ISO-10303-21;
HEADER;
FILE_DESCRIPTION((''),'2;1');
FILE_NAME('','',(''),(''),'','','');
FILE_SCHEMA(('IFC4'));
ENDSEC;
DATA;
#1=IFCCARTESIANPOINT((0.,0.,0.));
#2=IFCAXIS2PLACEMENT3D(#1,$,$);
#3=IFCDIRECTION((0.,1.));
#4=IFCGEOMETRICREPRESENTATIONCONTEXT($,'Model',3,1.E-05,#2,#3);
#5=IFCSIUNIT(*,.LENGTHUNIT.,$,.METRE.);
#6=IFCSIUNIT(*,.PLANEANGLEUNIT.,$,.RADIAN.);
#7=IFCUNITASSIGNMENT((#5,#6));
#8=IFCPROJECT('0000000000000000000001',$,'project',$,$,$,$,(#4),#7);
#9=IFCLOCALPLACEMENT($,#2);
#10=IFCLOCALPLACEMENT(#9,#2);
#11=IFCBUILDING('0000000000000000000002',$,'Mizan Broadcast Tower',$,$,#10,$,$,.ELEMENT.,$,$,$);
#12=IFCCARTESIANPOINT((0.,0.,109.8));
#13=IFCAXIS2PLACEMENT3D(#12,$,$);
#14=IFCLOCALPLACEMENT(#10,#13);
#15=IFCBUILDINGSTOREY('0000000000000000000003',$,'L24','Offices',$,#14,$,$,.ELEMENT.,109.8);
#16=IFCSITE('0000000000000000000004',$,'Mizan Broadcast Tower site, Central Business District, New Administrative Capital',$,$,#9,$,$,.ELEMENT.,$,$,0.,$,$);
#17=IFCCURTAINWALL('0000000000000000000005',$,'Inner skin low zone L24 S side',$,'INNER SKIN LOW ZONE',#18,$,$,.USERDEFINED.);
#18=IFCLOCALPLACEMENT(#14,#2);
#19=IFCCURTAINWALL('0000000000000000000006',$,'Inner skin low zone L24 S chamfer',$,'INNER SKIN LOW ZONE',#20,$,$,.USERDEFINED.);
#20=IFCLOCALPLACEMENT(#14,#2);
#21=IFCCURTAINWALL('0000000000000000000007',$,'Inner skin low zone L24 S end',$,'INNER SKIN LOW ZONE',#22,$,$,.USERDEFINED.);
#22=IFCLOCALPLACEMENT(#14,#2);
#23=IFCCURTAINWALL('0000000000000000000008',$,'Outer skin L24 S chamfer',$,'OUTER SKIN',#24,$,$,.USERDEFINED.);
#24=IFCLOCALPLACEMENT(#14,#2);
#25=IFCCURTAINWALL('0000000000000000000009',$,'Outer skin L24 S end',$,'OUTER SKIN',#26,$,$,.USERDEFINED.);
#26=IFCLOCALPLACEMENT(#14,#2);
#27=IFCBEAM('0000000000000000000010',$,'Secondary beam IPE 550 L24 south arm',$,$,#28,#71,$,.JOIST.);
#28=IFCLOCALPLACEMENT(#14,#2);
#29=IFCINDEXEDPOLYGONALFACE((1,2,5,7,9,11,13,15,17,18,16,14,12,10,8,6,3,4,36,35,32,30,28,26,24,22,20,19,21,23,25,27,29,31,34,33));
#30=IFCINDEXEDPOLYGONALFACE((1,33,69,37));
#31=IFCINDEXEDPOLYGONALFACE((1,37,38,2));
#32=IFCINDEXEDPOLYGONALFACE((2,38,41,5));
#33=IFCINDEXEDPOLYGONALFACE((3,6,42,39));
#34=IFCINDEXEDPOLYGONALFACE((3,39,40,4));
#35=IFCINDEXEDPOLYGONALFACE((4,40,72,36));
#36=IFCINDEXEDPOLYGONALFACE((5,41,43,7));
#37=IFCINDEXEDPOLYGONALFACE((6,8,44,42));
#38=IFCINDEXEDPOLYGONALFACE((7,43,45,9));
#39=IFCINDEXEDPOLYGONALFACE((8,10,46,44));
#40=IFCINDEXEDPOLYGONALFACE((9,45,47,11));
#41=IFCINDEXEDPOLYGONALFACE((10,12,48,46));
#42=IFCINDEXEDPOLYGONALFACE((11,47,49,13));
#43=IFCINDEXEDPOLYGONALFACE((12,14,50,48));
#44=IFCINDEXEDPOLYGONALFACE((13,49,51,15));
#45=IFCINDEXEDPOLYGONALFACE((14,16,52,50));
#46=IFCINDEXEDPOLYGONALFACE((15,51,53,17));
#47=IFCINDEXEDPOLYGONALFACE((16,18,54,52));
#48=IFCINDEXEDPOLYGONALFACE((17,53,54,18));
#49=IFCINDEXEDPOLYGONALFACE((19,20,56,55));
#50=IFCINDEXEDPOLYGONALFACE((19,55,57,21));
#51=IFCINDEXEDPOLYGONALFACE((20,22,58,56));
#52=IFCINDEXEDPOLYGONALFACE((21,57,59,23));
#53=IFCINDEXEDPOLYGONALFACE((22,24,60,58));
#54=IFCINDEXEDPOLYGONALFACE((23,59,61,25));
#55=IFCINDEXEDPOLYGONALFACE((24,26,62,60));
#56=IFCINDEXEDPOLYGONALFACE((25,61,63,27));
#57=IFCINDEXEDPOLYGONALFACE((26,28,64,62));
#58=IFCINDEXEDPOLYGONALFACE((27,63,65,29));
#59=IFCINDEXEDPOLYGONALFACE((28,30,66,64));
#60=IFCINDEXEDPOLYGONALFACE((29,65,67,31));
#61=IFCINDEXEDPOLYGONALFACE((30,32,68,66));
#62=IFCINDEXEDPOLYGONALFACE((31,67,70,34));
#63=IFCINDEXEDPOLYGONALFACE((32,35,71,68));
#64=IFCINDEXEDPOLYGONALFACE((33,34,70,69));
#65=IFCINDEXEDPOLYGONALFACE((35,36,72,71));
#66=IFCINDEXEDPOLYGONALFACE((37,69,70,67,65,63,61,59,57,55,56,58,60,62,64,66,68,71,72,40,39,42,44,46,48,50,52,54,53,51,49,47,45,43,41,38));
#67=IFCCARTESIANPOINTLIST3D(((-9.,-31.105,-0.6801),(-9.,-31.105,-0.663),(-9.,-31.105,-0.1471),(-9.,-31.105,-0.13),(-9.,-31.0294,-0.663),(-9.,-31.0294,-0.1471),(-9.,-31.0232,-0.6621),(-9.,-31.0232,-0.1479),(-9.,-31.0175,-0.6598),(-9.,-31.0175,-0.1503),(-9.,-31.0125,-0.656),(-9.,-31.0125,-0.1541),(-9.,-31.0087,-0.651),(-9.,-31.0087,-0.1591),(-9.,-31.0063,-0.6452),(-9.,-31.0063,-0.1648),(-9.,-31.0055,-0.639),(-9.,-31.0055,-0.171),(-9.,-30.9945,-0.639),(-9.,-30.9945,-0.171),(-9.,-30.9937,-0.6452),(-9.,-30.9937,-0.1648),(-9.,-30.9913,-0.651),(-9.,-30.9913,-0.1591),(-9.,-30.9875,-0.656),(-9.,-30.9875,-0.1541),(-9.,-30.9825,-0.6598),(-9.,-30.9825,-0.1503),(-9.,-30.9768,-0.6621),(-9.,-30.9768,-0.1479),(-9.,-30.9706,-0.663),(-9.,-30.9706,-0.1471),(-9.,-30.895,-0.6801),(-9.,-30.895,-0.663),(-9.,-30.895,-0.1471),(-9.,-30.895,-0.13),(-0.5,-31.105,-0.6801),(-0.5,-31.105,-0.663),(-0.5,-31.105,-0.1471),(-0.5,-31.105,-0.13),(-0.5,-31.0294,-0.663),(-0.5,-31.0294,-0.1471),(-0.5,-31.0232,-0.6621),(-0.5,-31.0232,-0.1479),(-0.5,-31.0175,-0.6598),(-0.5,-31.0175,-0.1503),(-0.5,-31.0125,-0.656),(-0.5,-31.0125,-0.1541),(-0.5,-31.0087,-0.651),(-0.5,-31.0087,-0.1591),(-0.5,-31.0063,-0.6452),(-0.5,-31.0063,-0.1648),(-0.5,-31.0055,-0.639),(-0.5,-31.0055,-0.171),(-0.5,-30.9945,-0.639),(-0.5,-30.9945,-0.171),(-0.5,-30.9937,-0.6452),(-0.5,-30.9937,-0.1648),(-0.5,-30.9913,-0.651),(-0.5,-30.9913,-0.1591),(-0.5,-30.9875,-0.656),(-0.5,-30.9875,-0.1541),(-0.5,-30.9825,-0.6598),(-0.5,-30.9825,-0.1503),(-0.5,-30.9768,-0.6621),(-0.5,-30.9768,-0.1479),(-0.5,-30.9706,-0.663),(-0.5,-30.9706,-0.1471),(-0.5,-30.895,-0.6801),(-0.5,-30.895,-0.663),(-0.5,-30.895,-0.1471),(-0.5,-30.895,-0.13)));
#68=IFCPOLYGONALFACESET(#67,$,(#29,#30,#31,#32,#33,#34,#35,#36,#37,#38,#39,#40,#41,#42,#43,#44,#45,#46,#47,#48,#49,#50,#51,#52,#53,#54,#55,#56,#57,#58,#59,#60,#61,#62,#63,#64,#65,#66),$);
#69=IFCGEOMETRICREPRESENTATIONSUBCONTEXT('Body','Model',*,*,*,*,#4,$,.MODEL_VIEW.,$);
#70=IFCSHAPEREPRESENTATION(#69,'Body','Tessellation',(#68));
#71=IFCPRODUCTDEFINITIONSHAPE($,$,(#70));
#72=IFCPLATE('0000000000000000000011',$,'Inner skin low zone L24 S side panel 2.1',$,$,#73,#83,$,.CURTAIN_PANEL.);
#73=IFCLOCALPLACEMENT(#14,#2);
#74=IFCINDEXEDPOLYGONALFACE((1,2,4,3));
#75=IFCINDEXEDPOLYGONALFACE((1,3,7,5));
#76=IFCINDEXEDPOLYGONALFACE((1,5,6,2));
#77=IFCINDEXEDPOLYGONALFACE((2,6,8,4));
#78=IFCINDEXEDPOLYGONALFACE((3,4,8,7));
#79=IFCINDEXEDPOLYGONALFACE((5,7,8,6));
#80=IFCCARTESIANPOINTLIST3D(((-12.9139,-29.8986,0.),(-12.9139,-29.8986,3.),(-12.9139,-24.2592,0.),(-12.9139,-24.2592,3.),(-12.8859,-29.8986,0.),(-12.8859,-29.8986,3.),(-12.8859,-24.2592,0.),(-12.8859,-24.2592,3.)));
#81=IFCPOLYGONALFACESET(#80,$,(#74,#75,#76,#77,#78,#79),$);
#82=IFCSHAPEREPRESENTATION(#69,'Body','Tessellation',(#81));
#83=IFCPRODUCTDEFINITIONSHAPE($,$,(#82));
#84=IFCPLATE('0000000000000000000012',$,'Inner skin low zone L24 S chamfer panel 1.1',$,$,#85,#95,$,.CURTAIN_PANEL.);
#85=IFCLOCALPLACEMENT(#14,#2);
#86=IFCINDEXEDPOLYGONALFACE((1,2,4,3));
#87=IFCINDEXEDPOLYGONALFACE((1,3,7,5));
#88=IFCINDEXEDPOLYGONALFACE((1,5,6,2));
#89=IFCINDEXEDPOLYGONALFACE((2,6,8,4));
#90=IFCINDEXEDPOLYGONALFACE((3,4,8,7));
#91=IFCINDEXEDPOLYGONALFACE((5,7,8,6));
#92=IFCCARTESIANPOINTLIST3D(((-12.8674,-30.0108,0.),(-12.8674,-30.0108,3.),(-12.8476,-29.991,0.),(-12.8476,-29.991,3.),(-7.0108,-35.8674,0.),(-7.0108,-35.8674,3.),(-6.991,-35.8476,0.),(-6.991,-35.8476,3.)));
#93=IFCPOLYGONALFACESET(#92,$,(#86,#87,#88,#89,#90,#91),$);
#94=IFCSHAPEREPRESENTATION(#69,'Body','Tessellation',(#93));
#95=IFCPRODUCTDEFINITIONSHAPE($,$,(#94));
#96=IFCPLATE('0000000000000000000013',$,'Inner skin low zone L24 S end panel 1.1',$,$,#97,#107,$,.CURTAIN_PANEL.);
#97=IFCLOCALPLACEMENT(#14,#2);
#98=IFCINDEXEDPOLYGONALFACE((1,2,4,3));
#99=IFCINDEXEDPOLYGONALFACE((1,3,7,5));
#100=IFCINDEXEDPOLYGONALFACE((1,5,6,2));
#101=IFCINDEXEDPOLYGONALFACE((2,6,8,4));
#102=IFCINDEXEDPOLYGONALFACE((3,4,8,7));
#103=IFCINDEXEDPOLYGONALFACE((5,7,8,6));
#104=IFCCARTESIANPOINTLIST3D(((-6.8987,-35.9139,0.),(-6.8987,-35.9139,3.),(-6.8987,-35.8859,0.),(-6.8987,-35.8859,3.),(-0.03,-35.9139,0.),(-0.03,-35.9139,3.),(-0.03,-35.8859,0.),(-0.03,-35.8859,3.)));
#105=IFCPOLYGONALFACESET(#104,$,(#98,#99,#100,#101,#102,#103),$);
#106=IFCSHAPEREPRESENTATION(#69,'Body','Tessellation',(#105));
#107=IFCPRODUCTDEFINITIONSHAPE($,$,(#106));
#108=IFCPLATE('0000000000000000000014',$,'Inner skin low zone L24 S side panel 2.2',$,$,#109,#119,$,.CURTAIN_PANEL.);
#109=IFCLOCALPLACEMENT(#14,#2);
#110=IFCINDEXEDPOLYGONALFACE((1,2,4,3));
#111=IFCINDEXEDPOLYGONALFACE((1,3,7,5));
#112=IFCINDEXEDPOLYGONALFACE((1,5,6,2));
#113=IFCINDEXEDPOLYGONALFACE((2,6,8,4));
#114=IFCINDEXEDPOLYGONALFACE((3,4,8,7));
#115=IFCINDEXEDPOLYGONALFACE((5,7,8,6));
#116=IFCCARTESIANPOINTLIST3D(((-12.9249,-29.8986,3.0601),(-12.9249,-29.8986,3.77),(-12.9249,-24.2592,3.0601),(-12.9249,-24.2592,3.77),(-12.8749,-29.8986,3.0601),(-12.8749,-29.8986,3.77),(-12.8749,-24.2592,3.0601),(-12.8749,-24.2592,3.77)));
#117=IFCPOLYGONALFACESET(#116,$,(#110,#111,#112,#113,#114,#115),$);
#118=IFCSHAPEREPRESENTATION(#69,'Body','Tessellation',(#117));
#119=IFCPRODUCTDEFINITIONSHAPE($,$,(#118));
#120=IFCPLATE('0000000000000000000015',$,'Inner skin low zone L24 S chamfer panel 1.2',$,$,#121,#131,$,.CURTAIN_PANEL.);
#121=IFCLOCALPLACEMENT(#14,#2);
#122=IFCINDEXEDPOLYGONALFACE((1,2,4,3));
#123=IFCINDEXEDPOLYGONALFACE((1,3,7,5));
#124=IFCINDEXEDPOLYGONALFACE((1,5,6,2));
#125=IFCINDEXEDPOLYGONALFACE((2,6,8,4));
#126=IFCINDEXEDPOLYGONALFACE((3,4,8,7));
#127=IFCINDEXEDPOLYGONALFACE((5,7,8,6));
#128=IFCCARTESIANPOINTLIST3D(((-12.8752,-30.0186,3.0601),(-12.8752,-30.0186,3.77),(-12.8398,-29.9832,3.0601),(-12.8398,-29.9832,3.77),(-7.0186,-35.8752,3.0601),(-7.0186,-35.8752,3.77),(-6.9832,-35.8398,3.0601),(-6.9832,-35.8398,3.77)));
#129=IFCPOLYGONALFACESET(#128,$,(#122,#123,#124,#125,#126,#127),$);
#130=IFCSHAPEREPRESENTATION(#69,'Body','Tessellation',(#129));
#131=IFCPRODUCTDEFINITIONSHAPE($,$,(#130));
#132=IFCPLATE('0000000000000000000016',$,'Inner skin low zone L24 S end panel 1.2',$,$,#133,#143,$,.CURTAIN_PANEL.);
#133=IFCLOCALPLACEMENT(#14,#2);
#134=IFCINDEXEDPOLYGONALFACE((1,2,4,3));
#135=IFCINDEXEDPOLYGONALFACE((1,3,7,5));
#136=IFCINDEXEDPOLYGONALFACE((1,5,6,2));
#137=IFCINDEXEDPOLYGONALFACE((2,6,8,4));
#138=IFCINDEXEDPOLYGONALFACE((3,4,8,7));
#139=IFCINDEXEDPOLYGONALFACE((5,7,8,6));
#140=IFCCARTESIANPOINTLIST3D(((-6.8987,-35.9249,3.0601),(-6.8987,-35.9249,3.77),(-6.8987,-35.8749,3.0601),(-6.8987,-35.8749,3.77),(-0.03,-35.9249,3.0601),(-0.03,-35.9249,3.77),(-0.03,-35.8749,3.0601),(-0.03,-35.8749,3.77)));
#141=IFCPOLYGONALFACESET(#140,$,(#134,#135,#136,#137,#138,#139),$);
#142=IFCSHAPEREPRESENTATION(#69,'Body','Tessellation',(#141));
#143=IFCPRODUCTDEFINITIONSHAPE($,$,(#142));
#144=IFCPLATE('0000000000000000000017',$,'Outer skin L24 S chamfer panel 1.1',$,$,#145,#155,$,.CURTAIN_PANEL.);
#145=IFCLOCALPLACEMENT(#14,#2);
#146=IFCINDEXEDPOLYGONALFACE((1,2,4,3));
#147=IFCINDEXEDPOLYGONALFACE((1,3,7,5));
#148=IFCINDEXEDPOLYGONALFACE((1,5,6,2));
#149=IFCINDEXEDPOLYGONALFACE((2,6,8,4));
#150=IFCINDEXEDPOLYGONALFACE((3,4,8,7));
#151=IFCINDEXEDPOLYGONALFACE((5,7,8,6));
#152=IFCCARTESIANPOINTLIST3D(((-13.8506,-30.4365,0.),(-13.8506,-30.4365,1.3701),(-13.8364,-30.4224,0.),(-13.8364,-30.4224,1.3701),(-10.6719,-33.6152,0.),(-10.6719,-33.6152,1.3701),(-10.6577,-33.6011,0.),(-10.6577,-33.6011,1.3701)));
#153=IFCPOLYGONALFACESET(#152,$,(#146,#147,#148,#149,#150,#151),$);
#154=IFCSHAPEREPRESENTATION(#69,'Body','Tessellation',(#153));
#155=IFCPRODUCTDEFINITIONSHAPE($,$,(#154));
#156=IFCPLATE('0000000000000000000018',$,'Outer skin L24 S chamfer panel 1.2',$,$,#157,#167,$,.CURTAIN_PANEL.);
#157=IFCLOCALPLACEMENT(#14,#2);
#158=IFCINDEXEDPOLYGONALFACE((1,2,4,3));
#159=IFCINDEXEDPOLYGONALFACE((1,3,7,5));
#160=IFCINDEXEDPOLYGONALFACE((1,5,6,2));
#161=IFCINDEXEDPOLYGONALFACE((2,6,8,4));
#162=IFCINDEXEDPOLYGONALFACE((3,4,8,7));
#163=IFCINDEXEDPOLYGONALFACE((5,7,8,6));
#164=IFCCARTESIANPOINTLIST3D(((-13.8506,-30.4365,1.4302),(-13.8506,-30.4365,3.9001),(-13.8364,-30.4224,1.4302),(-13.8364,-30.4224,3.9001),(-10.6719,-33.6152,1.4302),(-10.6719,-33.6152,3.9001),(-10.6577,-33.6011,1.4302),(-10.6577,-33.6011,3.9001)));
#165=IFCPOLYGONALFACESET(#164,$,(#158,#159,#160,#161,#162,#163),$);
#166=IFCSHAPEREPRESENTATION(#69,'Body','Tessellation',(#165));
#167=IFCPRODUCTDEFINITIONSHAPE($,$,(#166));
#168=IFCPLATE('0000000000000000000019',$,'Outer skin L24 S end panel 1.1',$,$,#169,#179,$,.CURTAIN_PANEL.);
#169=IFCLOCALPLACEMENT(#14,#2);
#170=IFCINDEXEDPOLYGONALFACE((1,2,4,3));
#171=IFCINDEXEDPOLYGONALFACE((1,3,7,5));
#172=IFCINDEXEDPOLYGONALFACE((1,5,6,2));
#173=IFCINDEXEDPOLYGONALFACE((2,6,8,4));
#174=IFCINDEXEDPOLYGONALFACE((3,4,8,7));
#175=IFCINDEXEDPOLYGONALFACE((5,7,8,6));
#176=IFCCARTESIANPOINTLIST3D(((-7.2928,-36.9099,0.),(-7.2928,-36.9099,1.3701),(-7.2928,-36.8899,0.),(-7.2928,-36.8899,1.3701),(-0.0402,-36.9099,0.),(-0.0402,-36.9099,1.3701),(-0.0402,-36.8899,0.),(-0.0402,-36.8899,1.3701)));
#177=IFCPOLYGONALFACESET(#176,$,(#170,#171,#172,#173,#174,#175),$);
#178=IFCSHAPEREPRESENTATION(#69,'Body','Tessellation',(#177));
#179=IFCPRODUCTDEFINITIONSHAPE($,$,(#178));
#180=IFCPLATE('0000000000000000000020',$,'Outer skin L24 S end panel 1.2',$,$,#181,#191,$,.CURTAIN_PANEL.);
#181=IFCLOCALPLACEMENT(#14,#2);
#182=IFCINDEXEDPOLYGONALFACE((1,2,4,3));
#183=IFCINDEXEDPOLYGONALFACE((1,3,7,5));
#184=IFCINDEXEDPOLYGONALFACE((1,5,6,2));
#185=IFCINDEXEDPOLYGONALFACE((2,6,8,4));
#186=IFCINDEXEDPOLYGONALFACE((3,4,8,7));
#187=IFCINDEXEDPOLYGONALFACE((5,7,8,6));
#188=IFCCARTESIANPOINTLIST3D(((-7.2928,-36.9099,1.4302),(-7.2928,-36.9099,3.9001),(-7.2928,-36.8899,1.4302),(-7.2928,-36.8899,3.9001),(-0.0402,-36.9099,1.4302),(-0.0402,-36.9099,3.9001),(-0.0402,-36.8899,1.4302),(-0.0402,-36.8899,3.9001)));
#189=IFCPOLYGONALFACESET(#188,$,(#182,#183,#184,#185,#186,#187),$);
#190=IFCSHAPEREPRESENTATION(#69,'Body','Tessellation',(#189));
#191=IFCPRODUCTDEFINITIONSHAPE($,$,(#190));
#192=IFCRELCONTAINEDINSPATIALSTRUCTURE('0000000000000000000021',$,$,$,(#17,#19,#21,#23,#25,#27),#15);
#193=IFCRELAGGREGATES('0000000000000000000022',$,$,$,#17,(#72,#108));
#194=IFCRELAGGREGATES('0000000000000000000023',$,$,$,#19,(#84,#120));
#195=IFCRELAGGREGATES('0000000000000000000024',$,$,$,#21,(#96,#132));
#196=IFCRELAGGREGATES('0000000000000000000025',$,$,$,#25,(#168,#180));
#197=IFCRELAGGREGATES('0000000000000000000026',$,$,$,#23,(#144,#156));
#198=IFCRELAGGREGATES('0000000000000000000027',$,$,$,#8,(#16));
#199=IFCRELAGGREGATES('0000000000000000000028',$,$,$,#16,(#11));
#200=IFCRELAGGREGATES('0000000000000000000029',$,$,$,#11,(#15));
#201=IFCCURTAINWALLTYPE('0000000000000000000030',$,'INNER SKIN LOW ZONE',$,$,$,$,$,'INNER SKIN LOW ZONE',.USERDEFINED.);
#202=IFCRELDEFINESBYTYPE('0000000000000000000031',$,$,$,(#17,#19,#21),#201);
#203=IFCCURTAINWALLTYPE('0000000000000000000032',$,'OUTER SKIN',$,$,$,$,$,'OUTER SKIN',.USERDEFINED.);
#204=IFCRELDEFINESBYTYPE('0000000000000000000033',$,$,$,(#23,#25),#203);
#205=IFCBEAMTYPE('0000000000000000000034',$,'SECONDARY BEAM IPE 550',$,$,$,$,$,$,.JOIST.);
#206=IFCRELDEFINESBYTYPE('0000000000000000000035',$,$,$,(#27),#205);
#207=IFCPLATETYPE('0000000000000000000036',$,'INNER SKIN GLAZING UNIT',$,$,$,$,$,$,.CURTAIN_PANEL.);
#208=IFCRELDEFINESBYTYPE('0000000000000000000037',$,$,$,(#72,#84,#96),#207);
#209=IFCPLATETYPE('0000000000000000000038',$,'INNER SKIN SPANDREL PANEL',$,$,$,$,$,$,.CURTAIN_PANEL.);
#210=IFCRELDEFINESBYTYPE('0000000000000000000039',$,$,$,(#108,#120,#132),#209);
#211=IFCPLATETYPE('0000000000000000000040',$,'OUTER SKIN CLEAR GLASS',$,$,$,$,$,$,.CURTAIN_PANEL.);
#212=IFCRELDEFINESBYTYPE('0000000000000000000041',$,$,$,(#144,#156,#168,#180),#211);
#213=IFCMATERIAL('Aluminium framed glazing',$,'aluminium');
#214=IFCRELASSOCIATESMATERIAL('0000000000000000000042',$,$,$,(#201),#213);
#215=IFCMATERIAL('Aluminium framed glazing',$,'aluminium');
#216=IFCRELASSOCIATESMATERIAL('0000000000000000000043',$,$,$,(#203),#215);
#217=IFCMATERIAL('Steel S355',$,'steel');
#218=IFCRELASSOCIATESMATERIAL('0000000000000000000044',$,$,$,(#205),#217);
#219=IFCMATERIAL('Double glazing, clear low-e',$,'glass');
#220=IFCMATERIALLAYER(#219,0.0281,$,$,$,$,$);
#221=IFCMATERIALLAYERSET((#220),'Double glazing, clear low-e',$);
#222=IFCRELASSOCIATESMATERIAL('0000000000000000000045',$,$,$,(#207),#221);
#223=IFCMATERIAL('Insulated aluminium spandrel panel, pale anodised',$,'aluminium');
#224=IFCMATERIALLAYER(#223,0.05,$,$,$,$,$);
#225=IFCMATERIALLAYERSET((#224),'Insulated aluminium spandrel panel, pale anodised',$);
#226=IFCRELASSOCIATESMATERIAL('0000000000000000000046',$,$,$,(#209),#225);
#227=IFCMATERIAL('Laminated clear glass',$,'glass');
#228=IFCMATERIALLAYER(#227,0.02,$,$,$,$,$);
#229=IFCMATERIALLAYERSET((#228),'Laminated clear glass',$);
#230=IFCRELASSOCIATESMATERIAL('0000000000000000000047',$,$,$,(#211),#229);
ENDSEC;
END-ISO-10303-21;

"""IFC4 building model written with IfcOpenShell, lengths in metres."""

from ifc_helpers import new_model, si_unit, direction, frame, origin, origin_2d, place, context, subcontext, project, spatial, rectangle, i_section, extrude, material, layer, layer_set, material_profile, profile_set, type_object, element, aggregate, save


model = new_model("IFC4")

# Units and contexts
model_context = context("Model", 3, precision=1e-05, world=origin(), true_north=direction((0.0, 1.0)))
body_context = subcontext(model_context, "Body", "Model", "MODEL_VIEW")
ifc_project = project(units=[si_unit("LENGTHUNIT", "METRE"), si_unit("PLANEANGLEUNIT", "RADIAN")], contexts=[model_context])

# Site, building, storey
site_placement = place(None, origin())
site = spatial("IfcSite", under=ifc_project, at=site_placement, Name="Mizan Broadcast Tower site, Central Business District, New Administrative Capital", CompositionType="ELEMENT", RefElevation=0.0)
building_placement = place(site_placement, origin())
building = spatial("IfcBuilding", under=site, at=building_placement, Name="Mizan Broadcast Tower", CompositionType="ELEMENT")
storey_placement = place(building_placement, frame((0.0, 0.0, 109.8)))
storey = spatial("IfcBuildingStorey", under=building, at=storey_placement, Name="L24", Description="Offices", CompositionType="ELEMENT", Elevation=109.8)

# Curtain wall
ifc_material_1 = material(Name="Aluminium framed glazing", Category="aluminium")
curtain_wall_type_1 = type_object("IfcCurtainWallType", Name="INNER SKIN LOW ZONE", ElementType="INNER SKIN LOW ZONE", PredefinedType="USERDEFINED", material=ifc_material_1)
curtain_wall_1_placement = place(storey_placement, origin())
curtain_wall_1 = element("IfcCurtainWall", 1, at=curtain_wall_1_placement, inside=storey, type_object=curtain_wall_type_1, Name="Inner skin low zone L24 S side", ObjectType="INNER SKIN LOW ZONE", PredefinedType="USERDEFINED")

# Curtain wall
curtain_wall_2_placement = place(storey_placement, origin())
curtain_wall_2 = element("IfcCurtainWall", 2, at=curtain_wall_2_placement, inside=storey, type_object=curtain_wall_type_1, Name="Inner skin low zone L24 S chamfer", ObjectType="INNER SKIN LOW ZONE", PredefinedType="USERDEFINED")

# Curtain wall
curtain_wall_3_placement = place(storey_placement, origin())
curtain_wall_3 = element("IfcCurtainWall", 3, at=curtain_wall_3_placement, inside=storey, type_object=curtain_wall_type_1, Name="Inner skin low zone L24 S end", ObjectType="INNER SKIN LOW ZONE", PredefinedType="USERDEFINED")

# Curtain wall
ifc_material_2 = material(Name="Aluminium framed glazing", Category="aluminium")
curtain_wall_type_2 = type_object("IfcCurtainWallType", Name="OUTER SKIN", ElementType="OUTER SKIN", PredefinedType="USERDEFINED", material=ifc_material_2)
curtain_wall_4_placement = place(storey_placement, origin())
curtain_wall_4 = element("IfcCurtainWall", 4, at=curtain_wall_4_placement, inside=storey, type_object=curtain_wall_type_2, Name="Outer skin L24 S chamfer", ObjectType="OUTER SKIN", PredefinedType="USERDEFINED")

# Curtain wall
curtain_wall_5_placement = place(storey_placement, origin())
curtain_wall_5 = element("IfcCurtainWall", 5, at=curtain_wall_5_placement, inside=storey, type_object=curtain_wall_type_2, Name="Outer skin L24 S end", ObjectType="OUTER SKIN", PredefinedType="USERDEFINED")

# Beam
ifc_material_3 = material(Name="Steel S355", Category="steel")
ifc_material_profile_1 = material_profile(ifc_material_3, i_section(OverallWidth=0.21, OverallDepth=0.55, WebThickness=0.011, FlangeThickness=0.0171, FilletRadius=0.0239, at=origin_2d()), Name="IPE 550")
ifc_profile_set_1 = profile_set([ifc_material_profile_1], Name="Steel S355")
beam_type_1 = type_object("IfcBeamType", Name="SECONDARY BEAM IPE 550", PredefinedType="JOIST", material=ifc_profile_set_1)
beam_1_placement = place(storey_placement, frame((-9.0, -31.0, -0.405), z_axis=(1.0, 0.0, 0.0), x_axis=(0.0, 1.0, 0.0)))
element("IfcBeam", 6, at=beam_1_placement, inside=storey, type_object=beam_type_1, Name="Secondary beam IPE 550 L24 south arm", PredefinedType="JOIST", context=body_context, shape_type="SweptSolid", body=[
    extrude(i_section(OverallWidth=0.21, OverallDepth=0.55, WebThickness=0.011, FlangeThickness=0.0171, FilletRadius=0.0239, at=origin_2d()), origin(), (0.0, 0.0, 1.0), 8.5),
])

# Plates
ifc_material_4 = material(Name="Double glazing, clear low-e", Category="glass")
ifc_layer_1 = layer(ifc_material_4, 0.0281)
ifc_layer_set_1 = layer_set([ifc_layer_1], Name="Double glazing, clear low-e")
plate_type_1 = type_object("IfcPlateType", Name="INNER SKIN GLAZING UNIT", PredefinedType="CURTAIN_PANEL", material=ifc_layer_set_1)
plate_1_placement = place(storey_placement, frame((-12.8999, -27.0789, 0.0), z_axis=(0.0, 0.0, 1.0), x_axis=(0.0, -1.0, 0.0)))
plate_1 = element("IfcPlate", 7, at=plate_1_placement, type_object=plate_type_1, Name="Inner skin low zone L24 S side panel 2.1", PredefinedType="CURTAIN_PANEL", context=body_context, shape_type="SweptSolid", body=[
    extrude(rectangle(XDim=5.6394, YDim=0.0281, at=origin_2d()), origin(), (0.0, 0.0, 1.0), 3.0),
])
plate_2_placement = place(storey_placement, frame((-9.9292, -32.9292, 0.0), z_axis=(0.0, 0.0, 1.0), x_axis=(0.707107, -0.707107, 0.0)))
plate_2 = element("IfcPlate", 8, at=plate_2_placement, type_object=plate_type_1, Name="Inner skin low zone L24 S chamfer panel 1.1", PredefinedType="CURTAIN_PANEL", context=body_context, shape_type="SweptSolid", body=[
    extrude(rectangle(XDim=8.2825, YDim=0.0281, at=origin_2d()), origin(), (0.0, 0.0, 1.0), 3.0),
])
plate_3_placement = place(storey_placement, frame((-3.4644, -35.8999, 0.0), z_axis=(0.0, 0.0, 1.0), x_axis=(1.0, 0.0, 0.0)))
plate_3 = element("IfcPlate", 9, at=plate_3_placement, type_object=plate_type_1, Name="Inner skin low zone L24 S end panel 1.1", PredefinedType="CURTAIN_PANEL", context=body_context, shape_type="SweptSolid", body=[
    extrude(rectangle(XDim=6.8687, YDim=0.0281, at=origin_2d()), origin(), (0.0, 0.0, 1.0), 3.0),
])
ifc_material_5 = material(Name="Insulated aluminium spandrel panel, pale anodised", Category="aluminium")
ifc_layer_2 = layer(ifc_material_5, 0.05)
ifc_layer_set_2 = layer_set([ifc_layer_2], Name="Insulated aluminium spandrel panel, pale anodised")
plate_type_2 = type_object("IfcPlateType", Name="INNER SKIN SPANDREL PANEL", PredefinedType="CURTAIN_PANEL", material=ifc_layer_set_2)
plate_4_placement = place(storey_placement, frame((-12.8999, -27.0789, 3.0601), z_axis=(0.0, 0.0, 1.0), x_axis=(0.0, -1.0, 0.0)))
plate_4 = element("IfcPlate", 10, at=plate_4_placement, type_object=plate_type_2, Name="Inner skin low zone L24 S side panel 2.2", PredefinedType="CURTAIN_PANEL", context=body_context, shape_type="SweptSolid", body=[
    extrude(rectangle(XDim=5.6394, YDim=0.05, at=origin_2d()), origin(), (0.0, 0.0, 1.0), 0.71),
])
aggregate(curtain_wall_1, [plate_1, plate_4])
plate_5_placement = place(storey_placement, frame((-9.9292, -32.9292, 3.0601), z_axis=(0.0, 0.0, 1.0), x_axis=(0.707107, -0.707107, 0.0)))
plate_5 = element("IfcPlate", 11, at=plate_5_placement, type_object=plate_type_2, Name="Inner skin low zone L24 S chamfer panel 1.2", PredefinedType="CURTAIN_PANEL", context=body_context, shape_type="SweptSolid", body=[
    extrude(rectangle(XDim=8.2825, YDim=0.05, at=origin_2d()), origin(), (0.0, 0.0, 1.0), 0.71),
])
aggregate(curtain_wall_2, [plate_2, plate_5])
plate_6_placement = place(storey_placement, frame((-3.4644, -35.8999, 3.0601), z_axis=(0.0, 0.0, 1.0), x_axis=(1.0, 0.0, 0.0)))
plate_6 = element("IfcPlate", 12, at=plate_6_placement, type_object=plate_type_2, Name="Inner skin low zone L24 S end panel 1.2", PredefinedType="CURTAIN_PANEL", context=body_context, shape_type="SweptSolid", body=[
    extrude(rectangle(XDim=6.8687, YDim=0.05, at=origin_2d()), origin(), (0.0, 0.0, 1.0), 0.71),
])
aggregate(curtain_wall_3, [plate_3, plate_6])
ifc_material_6 = material(Name="Laminated clear glass", Category="glass")
ifc_layer_3 = layer(ifc_material_6, 0.02)
ifc_layer_set_3 = layer_set([ifc_layer_3], Name="Laminated clear glass")
plate_type_3 = type_object("IfcPlateType", Name="OUTER SKIN CLEAR GLASS", PredefinedType="CURTAIN_PANEL", material=ifc_layer_set_3)
plate_7_placement = place(storey_placement, frame((-12.2542, -32.0188, 0.0), z_axis=(0.0, 0.0, 1.0), x_axis=(0.707107, -0.707107, 0.0)))
plate_7 = element("IfcPlate", 13, at=plate_7_placement, type_object=plate_type_3, Name="Outer skin L24 S chamfer panel 1.1", PredefinedType="CURTAIN_PANEL", context=body_context, shape_type="SweptSolid", body=[
    extrude(rectangle(XDim=4.4954, YDim=0.02, at=origin_2d()), origin(), (0.0, 0.0, 1.0), 1.3701),
])
plate_8_placement = place(storey_placement, frame((-12.2542, -32.0188, 1.4302), z_axis=(0.0, 0.0, 1.0), x_axis=(0.707107, -0.707107, 0.0)))
plate_8 = element("IfcPlate", 14, at=plate_8_placement, type_object=plate_type_3, Name="Outer skin L24 S chamfer panel 1.2", PredefinedType="CURTAIN_PANEL", context=body_context, shape_type="SweptSolid", body=[
    extrude(rectangle(XDim=4.4954, YDim=0.02, at=origin_2d()), origin(), (0.0, 0.0, 1.0), 2.47),
])
plate_9_placement = place(storey_placement, frame((-3.6665, -36.8999, 0.0), z_axis=(0.0, 0.0, 1.0), x_axis=(1.0, 0.0, 0.0)))
plate_9 = element("IfcPlate", 15, at=plate_9_placement, type_object=plate_type_3, Name="Outer skin L24 S end panel 1.1", PredefinedType="CURTAIN_PANEL", context=body_context, shape_type="SweptSolid", body=[
    extrude(rectangle(XDim=7.2527, YDim=0.02, at=origin_2d()), origin(), (0.0, 0.0, 1.0), 1.3701),
])
plate_10_placement = place(storey_placement, frame((-3.6665, -36.8999, 1.4302), z_axis=(0.0, 0.0, 1.0), x_axis=(1.0, 0.0, 0.0)))
plate_10 = element("IfcPlate", 16, at=plate_10_placement, type_object=plate_type_3, Name="Outer skin L24 S end panel 1.2", PredefinedType="CURTAIN_PANEL", context=body_context, shape_type="SweptSolid", body=[
    extrude(rectangle(XDim=7.2527, YDim=0.02, at=origin_2d()), origin(), (0.0, 0.0, 1.0), 2.47),
])
aggregate(curtain_wall_5, [plate_9, plate_10])
aggregate(curtain_wall_4, [plate_7, plate_8])

save(model, "model.ifc")
